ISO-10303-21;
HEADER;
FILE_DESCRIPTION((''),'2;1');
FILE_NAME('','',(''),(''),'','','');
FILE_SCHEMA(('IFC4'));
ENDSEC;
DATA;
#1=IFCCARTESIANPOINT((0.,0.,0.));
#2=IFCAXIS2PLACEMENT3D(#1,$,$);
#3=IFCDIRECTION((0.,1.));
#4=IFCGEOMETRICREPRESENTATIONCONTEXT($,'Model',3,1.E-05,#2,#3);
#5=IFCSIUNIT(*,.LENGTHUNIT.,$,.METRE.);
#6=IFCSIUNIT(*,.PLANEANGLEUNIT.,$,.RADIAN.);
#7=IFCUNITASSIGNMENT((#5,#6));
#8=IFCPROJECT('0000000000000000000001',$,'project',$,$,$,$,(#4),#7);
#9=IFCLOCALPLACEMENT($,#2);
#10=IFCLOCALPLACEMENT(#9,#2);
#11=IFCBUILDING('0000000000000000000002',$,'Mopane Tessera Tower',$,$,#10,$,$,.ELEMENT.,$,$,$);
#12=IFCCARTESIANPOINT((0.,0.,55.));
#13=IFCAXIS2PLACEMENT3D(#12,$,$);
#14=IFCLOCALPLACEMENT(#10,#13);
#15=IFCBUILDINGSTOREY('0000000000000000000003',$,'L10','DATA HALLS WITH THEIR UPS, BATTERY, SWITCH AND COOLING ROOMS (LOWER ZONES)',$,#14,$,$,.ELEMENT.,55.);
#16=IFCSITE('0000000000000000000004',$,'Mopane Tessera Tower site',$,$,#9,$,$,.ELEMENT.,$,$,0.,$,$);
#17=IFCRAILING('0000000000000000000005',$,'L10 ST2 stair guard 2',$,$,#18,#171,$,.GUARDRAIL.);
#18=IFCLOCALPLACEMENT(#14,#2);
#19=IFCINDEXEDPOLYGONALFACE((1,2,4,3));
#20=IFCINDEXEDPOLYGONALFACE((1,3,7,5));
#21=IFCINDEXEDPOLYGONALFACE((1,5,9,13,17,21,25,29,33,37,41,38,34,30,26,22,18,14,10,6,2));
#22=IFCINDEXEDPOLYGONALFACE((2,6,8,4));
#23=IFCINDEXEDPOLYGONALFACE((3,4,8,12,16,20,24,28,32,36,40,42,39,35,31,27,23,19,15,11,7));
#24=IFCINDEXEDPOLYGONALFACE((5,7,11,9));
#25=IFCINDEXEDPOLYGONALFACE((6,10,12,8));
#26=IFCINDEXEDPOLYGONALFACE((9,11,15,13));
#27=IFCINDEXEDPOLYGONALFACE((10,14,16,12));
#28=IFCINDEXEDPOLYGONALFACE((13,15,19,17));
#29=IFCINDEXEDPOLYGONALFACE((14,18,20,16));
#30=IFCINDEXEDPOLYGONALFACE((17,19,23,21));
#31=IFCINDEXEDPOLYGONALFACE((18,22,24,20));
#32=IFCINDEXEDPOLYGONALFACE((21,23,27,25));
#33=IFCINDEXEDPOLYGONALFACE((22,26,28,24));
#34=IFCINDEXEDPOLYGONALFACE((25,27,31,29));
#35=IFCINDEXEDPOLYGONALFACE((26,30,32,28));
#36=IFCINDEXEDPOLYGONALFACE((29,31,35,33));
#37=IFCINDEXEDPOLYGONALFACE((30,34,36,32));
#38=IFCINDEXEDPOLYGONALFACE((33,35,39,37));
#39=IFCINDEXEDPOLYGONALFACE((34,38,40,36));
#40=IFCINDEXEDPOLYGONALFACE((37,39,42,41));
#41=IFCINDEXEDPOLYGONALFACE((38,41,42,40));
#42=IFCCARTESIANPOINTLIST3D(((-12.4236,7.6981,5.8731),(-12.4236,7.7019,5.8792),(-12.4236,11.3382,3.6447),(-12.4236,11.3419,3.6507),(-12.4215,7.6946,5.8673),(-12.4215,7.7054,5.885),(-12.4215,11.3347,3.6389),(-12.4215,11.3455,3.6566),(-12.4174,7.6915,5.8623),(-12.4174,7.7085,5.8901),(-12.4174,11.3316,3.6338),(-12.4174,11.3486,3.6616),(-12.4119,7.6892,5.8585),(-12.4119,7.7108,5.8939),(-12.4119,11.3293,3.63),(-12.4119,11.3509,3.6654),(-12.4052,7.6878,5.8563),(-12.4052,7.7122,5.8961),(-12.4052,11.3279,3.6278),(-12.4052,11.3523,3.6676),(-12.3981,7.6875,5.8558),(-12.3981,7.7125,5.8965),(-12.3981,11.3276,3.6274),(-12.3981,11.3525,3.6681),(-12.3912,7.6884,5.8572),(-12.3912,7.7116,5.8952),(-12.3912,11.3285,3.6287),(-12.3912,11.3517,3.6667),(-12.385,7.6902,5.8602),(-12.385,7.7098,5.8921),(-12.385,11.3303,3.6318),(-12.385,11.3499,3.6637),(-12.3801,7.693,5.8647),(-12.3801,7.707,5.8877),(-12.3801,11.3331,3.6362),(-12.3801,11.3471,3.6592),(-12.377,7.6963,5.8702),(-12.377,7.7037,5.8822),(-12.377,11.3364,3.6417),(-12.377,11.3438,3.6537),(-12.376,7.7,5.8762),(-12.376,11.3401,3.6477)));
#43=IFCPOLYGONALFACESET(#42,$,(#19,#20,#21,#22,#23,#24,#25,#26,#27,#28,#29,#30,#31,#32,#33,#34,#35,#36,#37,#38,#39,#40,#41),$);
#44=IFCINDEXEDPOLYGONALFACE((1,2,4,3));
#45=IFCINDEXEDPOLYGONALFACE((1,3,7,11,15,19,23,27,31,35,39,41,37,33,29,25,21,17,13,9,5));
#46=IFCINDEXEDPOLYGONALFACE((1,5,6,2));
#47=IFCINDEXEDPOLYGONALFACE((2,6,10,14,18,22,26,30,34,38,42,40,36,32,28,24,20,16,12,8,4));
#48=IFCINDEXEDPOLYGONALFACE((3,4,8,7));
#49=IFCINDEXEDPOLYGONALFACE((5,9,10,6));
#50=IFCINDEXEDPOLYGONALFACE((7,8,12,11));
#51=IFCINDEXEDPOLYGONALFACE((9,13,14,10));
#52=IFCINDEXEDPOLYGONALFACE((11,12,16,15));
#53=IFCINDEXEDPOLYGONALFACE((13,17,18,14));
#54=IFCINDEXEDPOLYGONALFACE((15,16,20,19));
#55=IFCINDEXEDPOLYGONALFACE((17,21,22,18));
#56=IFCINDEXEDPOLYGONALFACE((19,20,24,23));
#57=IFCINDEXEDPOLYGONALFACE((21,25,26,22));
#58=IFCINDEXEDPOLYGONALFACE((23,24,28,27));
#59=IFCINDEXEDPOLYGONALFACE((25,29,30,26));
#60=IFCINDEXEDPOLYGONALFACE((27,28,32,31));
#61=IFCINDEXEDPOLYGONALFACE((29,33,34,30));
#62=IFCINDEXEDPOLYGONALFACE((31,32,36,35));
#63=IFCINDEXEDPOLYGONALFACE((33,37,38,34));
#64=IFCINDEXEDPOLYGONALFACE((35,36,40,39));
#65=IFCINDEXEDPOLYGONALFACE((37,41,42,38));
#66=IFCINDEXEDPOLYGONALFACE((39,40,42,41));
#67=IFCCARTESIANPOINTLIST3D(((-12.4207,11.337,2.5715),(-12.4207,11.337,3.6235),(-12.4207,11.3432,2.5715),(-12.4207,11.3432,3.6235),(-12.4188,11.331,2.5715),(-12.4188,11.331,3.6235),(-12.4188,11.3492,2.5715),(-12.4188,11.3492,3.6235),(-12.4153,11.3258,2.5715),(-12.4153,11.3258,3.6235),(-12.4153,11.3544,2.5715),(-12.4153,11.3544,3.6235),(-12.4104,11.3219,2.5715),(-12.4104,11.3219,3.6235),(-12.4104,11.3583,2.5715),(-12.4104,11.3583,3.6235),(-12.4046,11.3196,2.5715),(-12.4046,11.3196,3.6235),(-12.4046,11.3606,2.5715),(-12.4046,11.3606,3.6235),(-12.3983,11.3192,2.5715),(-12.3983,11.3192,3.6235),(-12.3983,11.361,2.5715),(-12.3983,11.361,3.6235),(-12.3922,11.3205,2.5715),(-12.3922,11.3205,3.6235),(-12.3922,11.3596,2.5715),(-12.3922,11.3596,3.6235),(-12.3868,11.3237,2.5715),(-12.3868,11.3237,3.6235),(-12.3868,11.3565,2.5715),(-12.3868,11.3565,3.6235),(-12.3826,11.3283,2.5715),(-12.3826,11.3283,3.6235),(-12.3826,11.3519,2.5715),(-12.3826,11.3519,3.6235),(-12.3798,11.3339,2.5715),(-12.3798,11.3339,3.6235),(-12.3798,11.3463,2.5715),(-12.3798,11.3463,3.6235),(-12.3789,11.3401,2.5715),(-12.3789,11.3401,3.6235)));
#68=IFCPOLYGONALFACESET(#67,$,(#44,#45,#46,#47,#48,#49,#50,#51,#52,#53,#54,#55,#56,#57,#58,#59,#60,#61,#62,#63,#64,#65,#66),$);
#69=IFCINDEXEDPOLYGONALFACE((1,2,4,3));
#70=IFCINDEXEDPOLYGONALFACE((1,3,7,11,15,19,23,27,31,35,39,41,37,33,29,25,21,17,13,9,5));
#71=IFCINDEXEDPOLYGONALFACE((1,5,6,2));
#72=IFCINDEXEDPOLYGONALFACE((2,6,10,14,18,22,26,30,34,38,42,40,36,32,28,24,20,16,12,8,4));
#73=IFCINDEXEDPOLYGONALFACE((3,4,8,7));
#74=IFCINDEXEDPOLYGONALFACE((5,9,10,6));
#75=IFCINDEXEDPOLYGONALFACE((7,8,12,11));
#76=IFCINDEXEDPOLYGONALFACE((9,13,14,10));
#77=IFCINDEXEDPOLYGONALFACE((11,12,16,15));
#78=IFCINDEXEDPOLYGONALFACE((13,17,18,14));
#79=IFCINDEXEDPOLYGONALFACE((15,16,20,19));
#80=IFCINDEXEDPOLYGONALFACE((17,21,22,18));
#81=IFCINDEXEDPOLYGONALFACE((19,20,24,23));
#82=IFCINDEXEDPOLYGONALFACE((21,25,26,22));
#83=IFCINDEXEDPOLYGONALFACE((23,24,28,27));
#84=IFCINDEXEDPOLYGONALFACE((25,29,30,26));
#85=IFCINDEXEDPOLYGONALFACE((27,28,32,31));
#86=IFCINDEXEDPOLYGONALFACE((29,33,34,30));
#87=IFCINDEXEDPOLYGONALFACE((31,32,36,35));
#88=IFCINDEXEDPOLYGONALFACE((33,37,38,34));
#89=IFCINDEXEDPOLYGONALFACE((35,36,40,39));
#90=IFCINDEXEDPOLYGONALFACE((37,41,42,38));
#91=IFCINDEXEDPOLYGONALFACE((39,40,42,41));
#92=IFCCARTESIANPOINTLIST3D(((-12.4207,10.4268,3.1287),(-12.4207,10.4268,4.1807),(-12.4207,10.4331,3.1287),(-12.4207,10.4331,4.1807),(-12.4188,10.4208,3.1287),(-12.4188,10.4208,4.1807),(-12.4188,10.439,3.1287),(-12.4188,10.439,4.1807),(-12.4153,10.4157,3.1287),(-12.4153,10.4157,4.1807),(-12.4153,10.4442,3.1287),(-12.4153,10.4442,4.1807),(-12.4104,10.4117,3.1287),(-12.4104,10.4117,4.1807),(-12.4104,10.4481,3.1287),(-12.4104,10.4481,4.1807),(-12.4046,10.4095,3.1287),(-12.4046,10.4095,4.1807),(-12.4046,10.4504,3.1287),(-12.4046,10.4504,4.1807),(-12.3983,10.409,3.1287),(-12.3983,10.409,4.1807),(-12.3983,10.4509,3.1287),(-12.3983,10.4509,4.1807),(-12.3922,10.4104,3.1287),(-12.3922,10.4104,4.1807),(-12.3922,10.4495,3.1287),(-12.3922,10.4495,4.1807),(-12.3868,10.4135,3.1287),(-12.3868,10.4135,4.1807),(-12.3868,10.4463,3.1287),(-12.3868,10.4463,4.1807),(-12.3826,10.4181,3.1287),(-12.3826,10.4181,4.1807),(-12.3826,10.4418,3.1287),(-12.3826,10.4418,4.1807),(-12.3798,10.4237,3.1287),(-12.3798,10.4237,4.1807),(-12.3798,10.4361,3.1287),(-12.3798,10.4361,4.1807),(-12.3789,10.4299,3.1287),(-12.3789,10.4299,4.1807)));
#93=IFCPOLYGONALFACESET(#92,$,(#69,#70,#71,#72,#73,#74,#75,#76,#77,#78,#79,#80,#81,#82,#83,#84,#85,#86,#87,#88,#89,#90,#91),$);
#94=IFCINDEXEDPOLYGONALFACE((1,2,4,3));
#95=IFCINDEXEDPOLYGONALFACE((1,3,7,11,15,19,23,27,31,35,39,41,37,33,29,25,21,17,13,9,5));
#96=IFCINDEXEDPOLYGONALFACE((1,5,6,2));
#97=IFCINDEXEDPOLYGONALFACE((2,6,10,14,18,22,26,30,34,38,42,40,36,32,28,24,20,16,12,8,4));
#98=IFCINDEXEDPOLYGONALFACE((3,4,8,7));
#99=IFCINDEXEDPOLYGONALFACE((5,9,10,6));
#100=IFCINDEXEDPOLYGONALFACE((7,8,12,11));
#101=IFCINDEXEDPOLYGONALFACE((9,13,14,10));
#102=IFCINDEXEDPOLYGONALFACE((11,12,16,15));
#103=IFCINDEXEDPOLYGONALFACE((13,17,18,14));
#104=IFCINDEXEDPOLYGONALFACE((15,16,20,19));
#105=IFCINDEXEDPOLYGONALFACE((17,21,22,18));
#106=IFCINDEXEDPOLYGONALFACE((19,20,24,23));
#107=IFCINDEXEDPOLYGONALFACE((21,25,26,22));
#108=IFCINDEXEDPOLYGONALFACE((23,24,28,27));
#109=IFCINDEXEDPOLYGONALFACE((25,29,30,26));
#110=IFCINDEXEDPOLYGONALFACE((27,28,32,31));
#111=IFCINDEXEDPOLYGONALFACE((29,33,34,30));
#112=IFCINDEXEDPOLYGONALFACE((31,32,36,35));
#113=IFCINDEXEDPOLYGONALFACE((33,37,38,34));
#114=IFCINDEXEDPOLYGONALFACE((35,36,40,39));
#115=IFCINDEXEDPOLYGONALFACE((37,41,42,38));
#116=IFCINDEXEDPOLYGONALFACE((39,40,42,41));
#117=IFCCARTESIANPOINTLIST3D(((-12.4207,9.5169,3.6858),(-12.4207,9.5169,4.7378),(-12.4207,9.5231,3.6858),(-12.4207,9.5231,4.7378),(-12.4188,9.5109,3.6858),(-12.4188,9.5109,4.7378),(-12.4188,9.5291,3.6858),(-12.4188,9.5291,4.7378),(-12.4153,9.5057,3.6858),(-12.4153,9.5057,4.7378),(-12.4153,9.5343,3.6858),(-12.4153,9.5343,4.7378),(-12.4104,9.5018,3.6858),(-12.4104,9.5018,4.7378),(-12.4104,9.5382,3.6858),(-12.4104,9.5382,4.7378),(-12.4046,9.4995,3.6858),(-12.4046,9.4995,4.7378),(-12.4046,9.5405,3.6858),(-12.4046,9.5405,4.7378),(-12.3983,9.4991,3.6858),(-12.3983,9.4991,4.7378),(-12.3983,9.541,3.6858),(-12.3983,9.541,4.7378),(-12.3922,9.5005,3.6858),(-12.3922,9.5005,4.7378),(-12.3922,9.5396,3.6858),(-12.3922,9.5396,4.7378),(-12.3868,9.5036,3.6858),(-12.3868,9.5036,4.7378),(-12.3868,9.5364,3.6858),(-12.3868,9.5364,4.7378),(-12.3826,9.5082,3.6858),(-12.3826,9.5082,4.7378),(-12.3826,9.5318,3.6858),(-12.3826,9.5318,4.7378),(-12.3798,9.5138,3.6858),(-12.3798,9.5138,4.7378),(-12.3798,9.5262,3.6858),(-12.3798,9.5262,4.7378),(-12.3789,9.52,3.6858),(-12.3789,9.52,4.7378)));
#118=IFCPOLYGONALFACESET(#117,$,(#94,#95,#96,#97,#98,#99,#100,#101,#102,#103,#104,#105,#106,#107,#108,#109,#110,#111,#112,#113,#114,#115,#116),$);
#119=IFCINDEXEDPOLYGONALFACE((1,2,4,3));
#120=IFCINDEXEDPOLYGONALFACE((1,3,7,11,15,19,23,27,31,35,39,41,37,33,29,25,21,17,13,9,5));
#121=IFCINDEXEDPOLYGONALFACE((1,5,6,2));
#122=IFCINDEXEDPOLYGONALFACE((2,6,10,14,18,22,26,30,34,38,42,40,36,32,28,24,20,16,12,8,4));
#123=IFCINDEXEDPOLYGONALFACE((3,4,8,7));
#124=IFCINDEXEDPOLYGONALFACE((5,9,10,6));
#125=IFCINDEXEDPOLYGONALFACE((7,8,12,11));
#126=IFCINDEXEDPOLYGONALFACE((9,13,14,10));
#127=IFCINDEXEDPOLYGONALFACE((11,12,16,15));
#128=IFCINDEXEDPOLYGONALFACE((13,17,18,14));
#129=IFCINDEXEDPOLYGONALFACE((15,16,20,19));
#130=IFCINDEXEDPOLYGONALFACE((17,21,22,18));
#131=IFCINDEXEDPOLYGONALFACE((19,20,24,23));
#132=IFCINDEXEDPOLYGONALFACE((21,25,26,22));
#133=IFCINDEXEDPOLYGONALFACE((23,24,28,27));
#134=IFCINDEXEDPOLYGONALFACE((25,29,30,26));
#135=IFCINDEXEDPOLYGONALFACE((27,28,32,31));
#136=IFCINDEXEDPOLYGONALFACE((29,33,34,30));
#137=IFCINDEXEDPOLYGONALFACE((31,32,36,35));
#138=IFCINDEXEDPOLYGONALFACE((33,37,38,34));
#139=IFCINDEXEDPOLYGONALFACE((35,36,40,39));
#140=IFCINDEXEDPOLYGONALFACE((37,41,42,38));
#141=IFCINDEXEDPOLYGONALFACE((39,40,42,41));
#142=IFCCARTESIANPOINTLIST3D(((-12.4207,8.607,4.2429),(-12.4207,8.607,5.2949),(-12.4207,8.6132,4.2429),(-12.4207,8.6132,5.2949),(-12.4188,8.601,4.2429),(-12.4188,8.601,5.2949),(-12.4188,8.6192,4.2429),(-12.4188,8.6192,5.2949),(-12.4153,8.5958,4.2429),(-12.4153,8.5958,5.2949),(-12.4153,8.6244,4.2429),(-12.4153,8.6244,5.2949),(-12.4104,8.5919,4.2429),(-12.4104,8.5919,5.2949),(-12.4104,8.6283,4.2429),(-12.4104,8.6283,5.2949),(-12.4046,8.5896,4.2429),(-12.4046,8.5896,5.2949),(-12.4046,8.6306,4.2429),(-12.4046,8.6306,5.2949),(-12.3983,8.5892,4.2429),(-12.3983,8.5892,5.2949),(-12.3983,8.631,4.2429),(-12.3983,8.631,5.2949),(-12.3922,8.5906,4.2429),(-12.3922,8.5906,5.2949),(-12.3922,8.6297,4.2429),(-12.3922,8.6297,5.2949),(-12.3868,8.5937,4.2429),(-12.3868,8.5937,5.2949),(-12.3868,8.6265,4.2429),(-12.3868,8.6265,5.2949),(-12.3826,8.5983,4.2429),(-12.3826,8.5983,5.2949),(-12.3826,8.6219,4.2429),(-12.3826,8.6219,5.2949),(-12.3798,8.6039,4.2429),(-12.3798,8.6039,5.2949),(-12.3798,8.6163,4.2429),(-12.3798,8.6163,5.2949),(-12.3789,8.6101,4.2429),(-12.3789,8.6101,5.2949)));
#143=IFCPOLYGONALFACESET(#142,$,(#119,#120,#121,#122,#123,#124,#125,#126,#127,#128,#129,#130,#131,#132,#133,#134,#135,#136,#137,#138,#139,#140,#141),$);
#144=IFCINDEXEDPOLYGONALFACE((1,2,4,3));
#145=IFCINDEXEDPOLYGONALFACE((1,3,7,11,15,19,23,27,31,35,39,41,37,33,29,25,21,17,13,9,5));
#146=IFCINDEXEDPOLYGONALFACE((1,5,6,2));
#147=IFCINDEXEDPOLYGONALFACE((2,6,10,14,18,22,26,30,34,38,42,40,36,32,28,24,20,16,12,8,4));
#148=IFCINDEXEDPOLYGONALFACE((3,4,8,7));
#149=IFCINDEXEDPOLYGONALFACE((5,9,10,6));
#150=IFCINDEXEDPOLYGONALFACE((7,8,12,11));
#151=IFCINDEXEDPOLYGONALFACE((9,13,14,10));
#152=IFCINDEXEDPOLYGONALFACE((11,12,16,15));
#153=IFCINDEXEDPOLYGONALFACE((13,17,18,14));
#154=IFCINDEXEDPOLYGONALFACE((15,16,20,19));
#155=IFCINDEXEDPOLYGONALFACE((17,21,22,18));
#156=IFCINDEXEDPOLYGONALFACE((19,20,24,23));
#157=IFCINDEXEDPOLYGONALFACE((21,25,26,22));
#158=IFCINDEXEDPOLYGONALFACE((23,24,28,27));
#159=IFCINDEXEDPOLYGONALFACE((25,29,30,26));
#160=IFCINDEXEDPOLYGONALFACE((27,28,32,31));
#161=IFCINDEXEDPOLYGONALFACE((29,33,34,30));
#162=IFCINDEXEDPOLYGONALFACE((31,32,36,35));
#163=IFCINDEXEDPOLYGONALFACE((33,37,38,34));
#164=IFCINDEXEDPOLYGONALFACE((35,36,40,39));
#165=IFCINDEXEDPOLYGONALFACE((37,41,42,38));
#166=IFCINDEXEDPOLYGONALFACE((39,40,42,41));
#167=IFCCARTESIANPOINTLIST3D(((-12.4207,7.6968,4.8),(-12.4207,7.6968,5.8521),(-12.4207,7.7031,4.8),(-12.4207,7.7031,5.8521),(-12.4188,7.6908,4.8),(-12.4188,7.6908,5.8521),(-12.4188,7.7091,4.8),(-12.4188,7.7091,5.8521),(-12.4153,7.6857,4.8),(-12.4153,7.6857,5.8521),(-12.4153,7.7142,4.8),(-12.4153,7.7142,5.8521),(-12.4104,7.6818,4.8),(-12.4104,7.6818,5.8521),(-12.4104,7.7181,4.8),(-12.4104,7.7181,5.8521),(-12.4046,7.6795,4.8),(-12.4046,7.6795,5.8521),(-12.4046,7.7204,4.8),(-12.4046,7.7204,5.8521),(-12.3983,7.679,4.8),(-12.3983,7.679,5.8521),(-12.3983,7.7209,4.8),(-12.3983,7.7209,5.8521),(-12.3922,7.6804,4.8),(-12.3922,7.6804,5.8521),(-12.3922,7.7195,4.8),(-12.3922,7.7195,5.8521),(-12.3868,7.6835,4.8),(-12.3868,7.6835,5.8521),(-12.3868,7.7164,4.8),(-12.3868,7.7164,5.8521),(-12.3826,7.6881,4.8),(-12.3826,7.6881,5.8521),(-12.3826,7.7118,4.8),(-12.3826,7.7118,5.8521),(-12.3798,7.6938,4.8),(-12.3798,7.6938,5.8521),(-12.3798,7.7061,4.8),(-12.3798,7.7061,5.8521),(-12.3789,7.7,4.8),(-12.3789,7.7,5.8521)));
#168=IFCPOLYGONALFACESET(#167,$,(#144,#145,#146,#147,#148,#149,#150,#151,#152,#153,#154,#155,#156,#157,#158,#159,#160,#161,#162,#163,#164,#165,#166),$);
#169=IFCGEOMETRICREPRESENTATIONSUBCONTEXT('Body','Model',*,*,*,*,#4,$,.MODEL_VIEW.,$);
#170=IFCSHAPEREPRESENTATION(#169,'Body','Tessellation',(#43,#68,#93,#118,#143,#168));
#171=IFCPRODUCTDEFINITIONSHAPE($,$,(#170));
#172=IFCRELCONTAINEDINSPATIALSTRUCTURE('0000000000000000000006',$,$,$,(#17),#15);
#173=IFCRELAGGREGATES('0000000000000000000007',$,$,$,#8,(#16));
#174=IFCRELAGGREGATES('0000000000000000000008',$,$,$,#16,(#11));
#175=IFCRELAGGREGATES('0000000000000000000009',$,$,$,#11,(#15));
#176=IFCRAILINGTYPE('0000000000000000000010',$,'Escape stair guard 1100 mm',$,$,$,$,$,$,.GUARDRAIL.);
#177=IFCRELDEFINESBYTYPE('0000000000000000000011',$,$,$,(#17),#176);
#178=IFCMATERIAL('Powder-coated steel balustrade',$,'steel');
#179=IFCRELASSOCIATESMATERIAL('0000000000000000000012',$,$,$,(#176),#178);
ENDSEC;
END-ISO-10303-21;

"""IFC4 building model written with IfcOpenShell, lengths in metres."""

from ifc_helpers import new_model, si_unit, direction, frame, origin, origin_2d, place, context, subcontext, project, spatial, circle, extrude, material, type_object, element, save


model = new_model("IFC4")

# Units and contexts
model_context = context("Model", 3, precision=1e-05, world=origin(), true_north=direction((0.0, 1.0)))
body_context = subcontext(model_context, "Body", "Model", "MODEL_VIEW")
ifc_project = project(units=[si_unit("LENGTHUNIT", "METRE"), si_unit("PLANEANGLEUNIT", "RADIAN")], contexts=[model_context])

# Site, building, storey
site_placement = place(None, origin())
site = spatial("IfcSite", under=ifc_project, at=site_placement, Name="Mopane Tessera Tower site", CompositionType="ELEMENT", RefElevation=0.0)
building_placement = place(site_placement, origin())
building = spatial("IfcBuilding", under=site, at=building_placement, Name="Mopane Tessera Tower", CompositionType="ELEMENT")
storey_placement = place(building_placement, frame((0.0, 0.0, 55.0)))
storey = spatial("IfcBuildingStorey", under=building, at=storey_placement, Name="L10", Description="DATA HALLS WITH THEIR UPS, BATTERY, SWITCH AND COOLING ROOMS (LOWER ZONES)", CompositionType="ELEMENT", Elevation=55.0)

# Railing
ifc_material_1 = material(Name="Powder-coated steel balustrade", Category="steel")
railing_type_1 = type_object("IfcRailingType", Name="Escape stair guard 1100 mm", PredefinedType="GUARDRAIL", material=ifc_material_1)
railing_1_placement = place(storey_placement, frame((-12.3999, 11.3401, 2.5715)))
element("IfcRailing", 1, at=railing_1_placement, inside=storey, type_object=railing_type_1, Name="L10 ST2 stair guard 2", PredefinedType="GUARDRAIL", context=body_context, shape_type="SweptSolid", body=[
    extrude(circle(Radius=0.0239, at=origin_2d()), frame((0.0, 0.0, 1.0762), z_axis=(0.0, -0.852866, 0.52213), x_axis=(1.0, 0.0, 0.0)), (0.0, 0.0, 1.0), 4.2681),
    extrude(circle(Radius=0.021, at=origin_2d()), origin(), (0.0, 0.0, 1.0), 1.052),
    extrude(circle(Radius=0.021, at=origin_2d()), frame((0.0, -0.9102, 0.5571)), (0.0, 0.0, 1.0), 1.052),
    extrude(circle(Radius=0.021, at=origin_2d()), frame((0.0, -1.8201, 1.1143)), (0.0, 0.0, 1.0), 1.052),
    extrude(circle(Radius=0.021, at=origin_2d()), frame((0.0, -2.73, 1.6714)), (0.0, 0.0, 1.0), 1.052),
    extrude(circle(Radius=0.021, at=origin_2d()), frame((0.0, -3.6401, 2.2285)), (0.0, 0.0, 1.0), 1.052),
])

save(model, "model.ifc")
